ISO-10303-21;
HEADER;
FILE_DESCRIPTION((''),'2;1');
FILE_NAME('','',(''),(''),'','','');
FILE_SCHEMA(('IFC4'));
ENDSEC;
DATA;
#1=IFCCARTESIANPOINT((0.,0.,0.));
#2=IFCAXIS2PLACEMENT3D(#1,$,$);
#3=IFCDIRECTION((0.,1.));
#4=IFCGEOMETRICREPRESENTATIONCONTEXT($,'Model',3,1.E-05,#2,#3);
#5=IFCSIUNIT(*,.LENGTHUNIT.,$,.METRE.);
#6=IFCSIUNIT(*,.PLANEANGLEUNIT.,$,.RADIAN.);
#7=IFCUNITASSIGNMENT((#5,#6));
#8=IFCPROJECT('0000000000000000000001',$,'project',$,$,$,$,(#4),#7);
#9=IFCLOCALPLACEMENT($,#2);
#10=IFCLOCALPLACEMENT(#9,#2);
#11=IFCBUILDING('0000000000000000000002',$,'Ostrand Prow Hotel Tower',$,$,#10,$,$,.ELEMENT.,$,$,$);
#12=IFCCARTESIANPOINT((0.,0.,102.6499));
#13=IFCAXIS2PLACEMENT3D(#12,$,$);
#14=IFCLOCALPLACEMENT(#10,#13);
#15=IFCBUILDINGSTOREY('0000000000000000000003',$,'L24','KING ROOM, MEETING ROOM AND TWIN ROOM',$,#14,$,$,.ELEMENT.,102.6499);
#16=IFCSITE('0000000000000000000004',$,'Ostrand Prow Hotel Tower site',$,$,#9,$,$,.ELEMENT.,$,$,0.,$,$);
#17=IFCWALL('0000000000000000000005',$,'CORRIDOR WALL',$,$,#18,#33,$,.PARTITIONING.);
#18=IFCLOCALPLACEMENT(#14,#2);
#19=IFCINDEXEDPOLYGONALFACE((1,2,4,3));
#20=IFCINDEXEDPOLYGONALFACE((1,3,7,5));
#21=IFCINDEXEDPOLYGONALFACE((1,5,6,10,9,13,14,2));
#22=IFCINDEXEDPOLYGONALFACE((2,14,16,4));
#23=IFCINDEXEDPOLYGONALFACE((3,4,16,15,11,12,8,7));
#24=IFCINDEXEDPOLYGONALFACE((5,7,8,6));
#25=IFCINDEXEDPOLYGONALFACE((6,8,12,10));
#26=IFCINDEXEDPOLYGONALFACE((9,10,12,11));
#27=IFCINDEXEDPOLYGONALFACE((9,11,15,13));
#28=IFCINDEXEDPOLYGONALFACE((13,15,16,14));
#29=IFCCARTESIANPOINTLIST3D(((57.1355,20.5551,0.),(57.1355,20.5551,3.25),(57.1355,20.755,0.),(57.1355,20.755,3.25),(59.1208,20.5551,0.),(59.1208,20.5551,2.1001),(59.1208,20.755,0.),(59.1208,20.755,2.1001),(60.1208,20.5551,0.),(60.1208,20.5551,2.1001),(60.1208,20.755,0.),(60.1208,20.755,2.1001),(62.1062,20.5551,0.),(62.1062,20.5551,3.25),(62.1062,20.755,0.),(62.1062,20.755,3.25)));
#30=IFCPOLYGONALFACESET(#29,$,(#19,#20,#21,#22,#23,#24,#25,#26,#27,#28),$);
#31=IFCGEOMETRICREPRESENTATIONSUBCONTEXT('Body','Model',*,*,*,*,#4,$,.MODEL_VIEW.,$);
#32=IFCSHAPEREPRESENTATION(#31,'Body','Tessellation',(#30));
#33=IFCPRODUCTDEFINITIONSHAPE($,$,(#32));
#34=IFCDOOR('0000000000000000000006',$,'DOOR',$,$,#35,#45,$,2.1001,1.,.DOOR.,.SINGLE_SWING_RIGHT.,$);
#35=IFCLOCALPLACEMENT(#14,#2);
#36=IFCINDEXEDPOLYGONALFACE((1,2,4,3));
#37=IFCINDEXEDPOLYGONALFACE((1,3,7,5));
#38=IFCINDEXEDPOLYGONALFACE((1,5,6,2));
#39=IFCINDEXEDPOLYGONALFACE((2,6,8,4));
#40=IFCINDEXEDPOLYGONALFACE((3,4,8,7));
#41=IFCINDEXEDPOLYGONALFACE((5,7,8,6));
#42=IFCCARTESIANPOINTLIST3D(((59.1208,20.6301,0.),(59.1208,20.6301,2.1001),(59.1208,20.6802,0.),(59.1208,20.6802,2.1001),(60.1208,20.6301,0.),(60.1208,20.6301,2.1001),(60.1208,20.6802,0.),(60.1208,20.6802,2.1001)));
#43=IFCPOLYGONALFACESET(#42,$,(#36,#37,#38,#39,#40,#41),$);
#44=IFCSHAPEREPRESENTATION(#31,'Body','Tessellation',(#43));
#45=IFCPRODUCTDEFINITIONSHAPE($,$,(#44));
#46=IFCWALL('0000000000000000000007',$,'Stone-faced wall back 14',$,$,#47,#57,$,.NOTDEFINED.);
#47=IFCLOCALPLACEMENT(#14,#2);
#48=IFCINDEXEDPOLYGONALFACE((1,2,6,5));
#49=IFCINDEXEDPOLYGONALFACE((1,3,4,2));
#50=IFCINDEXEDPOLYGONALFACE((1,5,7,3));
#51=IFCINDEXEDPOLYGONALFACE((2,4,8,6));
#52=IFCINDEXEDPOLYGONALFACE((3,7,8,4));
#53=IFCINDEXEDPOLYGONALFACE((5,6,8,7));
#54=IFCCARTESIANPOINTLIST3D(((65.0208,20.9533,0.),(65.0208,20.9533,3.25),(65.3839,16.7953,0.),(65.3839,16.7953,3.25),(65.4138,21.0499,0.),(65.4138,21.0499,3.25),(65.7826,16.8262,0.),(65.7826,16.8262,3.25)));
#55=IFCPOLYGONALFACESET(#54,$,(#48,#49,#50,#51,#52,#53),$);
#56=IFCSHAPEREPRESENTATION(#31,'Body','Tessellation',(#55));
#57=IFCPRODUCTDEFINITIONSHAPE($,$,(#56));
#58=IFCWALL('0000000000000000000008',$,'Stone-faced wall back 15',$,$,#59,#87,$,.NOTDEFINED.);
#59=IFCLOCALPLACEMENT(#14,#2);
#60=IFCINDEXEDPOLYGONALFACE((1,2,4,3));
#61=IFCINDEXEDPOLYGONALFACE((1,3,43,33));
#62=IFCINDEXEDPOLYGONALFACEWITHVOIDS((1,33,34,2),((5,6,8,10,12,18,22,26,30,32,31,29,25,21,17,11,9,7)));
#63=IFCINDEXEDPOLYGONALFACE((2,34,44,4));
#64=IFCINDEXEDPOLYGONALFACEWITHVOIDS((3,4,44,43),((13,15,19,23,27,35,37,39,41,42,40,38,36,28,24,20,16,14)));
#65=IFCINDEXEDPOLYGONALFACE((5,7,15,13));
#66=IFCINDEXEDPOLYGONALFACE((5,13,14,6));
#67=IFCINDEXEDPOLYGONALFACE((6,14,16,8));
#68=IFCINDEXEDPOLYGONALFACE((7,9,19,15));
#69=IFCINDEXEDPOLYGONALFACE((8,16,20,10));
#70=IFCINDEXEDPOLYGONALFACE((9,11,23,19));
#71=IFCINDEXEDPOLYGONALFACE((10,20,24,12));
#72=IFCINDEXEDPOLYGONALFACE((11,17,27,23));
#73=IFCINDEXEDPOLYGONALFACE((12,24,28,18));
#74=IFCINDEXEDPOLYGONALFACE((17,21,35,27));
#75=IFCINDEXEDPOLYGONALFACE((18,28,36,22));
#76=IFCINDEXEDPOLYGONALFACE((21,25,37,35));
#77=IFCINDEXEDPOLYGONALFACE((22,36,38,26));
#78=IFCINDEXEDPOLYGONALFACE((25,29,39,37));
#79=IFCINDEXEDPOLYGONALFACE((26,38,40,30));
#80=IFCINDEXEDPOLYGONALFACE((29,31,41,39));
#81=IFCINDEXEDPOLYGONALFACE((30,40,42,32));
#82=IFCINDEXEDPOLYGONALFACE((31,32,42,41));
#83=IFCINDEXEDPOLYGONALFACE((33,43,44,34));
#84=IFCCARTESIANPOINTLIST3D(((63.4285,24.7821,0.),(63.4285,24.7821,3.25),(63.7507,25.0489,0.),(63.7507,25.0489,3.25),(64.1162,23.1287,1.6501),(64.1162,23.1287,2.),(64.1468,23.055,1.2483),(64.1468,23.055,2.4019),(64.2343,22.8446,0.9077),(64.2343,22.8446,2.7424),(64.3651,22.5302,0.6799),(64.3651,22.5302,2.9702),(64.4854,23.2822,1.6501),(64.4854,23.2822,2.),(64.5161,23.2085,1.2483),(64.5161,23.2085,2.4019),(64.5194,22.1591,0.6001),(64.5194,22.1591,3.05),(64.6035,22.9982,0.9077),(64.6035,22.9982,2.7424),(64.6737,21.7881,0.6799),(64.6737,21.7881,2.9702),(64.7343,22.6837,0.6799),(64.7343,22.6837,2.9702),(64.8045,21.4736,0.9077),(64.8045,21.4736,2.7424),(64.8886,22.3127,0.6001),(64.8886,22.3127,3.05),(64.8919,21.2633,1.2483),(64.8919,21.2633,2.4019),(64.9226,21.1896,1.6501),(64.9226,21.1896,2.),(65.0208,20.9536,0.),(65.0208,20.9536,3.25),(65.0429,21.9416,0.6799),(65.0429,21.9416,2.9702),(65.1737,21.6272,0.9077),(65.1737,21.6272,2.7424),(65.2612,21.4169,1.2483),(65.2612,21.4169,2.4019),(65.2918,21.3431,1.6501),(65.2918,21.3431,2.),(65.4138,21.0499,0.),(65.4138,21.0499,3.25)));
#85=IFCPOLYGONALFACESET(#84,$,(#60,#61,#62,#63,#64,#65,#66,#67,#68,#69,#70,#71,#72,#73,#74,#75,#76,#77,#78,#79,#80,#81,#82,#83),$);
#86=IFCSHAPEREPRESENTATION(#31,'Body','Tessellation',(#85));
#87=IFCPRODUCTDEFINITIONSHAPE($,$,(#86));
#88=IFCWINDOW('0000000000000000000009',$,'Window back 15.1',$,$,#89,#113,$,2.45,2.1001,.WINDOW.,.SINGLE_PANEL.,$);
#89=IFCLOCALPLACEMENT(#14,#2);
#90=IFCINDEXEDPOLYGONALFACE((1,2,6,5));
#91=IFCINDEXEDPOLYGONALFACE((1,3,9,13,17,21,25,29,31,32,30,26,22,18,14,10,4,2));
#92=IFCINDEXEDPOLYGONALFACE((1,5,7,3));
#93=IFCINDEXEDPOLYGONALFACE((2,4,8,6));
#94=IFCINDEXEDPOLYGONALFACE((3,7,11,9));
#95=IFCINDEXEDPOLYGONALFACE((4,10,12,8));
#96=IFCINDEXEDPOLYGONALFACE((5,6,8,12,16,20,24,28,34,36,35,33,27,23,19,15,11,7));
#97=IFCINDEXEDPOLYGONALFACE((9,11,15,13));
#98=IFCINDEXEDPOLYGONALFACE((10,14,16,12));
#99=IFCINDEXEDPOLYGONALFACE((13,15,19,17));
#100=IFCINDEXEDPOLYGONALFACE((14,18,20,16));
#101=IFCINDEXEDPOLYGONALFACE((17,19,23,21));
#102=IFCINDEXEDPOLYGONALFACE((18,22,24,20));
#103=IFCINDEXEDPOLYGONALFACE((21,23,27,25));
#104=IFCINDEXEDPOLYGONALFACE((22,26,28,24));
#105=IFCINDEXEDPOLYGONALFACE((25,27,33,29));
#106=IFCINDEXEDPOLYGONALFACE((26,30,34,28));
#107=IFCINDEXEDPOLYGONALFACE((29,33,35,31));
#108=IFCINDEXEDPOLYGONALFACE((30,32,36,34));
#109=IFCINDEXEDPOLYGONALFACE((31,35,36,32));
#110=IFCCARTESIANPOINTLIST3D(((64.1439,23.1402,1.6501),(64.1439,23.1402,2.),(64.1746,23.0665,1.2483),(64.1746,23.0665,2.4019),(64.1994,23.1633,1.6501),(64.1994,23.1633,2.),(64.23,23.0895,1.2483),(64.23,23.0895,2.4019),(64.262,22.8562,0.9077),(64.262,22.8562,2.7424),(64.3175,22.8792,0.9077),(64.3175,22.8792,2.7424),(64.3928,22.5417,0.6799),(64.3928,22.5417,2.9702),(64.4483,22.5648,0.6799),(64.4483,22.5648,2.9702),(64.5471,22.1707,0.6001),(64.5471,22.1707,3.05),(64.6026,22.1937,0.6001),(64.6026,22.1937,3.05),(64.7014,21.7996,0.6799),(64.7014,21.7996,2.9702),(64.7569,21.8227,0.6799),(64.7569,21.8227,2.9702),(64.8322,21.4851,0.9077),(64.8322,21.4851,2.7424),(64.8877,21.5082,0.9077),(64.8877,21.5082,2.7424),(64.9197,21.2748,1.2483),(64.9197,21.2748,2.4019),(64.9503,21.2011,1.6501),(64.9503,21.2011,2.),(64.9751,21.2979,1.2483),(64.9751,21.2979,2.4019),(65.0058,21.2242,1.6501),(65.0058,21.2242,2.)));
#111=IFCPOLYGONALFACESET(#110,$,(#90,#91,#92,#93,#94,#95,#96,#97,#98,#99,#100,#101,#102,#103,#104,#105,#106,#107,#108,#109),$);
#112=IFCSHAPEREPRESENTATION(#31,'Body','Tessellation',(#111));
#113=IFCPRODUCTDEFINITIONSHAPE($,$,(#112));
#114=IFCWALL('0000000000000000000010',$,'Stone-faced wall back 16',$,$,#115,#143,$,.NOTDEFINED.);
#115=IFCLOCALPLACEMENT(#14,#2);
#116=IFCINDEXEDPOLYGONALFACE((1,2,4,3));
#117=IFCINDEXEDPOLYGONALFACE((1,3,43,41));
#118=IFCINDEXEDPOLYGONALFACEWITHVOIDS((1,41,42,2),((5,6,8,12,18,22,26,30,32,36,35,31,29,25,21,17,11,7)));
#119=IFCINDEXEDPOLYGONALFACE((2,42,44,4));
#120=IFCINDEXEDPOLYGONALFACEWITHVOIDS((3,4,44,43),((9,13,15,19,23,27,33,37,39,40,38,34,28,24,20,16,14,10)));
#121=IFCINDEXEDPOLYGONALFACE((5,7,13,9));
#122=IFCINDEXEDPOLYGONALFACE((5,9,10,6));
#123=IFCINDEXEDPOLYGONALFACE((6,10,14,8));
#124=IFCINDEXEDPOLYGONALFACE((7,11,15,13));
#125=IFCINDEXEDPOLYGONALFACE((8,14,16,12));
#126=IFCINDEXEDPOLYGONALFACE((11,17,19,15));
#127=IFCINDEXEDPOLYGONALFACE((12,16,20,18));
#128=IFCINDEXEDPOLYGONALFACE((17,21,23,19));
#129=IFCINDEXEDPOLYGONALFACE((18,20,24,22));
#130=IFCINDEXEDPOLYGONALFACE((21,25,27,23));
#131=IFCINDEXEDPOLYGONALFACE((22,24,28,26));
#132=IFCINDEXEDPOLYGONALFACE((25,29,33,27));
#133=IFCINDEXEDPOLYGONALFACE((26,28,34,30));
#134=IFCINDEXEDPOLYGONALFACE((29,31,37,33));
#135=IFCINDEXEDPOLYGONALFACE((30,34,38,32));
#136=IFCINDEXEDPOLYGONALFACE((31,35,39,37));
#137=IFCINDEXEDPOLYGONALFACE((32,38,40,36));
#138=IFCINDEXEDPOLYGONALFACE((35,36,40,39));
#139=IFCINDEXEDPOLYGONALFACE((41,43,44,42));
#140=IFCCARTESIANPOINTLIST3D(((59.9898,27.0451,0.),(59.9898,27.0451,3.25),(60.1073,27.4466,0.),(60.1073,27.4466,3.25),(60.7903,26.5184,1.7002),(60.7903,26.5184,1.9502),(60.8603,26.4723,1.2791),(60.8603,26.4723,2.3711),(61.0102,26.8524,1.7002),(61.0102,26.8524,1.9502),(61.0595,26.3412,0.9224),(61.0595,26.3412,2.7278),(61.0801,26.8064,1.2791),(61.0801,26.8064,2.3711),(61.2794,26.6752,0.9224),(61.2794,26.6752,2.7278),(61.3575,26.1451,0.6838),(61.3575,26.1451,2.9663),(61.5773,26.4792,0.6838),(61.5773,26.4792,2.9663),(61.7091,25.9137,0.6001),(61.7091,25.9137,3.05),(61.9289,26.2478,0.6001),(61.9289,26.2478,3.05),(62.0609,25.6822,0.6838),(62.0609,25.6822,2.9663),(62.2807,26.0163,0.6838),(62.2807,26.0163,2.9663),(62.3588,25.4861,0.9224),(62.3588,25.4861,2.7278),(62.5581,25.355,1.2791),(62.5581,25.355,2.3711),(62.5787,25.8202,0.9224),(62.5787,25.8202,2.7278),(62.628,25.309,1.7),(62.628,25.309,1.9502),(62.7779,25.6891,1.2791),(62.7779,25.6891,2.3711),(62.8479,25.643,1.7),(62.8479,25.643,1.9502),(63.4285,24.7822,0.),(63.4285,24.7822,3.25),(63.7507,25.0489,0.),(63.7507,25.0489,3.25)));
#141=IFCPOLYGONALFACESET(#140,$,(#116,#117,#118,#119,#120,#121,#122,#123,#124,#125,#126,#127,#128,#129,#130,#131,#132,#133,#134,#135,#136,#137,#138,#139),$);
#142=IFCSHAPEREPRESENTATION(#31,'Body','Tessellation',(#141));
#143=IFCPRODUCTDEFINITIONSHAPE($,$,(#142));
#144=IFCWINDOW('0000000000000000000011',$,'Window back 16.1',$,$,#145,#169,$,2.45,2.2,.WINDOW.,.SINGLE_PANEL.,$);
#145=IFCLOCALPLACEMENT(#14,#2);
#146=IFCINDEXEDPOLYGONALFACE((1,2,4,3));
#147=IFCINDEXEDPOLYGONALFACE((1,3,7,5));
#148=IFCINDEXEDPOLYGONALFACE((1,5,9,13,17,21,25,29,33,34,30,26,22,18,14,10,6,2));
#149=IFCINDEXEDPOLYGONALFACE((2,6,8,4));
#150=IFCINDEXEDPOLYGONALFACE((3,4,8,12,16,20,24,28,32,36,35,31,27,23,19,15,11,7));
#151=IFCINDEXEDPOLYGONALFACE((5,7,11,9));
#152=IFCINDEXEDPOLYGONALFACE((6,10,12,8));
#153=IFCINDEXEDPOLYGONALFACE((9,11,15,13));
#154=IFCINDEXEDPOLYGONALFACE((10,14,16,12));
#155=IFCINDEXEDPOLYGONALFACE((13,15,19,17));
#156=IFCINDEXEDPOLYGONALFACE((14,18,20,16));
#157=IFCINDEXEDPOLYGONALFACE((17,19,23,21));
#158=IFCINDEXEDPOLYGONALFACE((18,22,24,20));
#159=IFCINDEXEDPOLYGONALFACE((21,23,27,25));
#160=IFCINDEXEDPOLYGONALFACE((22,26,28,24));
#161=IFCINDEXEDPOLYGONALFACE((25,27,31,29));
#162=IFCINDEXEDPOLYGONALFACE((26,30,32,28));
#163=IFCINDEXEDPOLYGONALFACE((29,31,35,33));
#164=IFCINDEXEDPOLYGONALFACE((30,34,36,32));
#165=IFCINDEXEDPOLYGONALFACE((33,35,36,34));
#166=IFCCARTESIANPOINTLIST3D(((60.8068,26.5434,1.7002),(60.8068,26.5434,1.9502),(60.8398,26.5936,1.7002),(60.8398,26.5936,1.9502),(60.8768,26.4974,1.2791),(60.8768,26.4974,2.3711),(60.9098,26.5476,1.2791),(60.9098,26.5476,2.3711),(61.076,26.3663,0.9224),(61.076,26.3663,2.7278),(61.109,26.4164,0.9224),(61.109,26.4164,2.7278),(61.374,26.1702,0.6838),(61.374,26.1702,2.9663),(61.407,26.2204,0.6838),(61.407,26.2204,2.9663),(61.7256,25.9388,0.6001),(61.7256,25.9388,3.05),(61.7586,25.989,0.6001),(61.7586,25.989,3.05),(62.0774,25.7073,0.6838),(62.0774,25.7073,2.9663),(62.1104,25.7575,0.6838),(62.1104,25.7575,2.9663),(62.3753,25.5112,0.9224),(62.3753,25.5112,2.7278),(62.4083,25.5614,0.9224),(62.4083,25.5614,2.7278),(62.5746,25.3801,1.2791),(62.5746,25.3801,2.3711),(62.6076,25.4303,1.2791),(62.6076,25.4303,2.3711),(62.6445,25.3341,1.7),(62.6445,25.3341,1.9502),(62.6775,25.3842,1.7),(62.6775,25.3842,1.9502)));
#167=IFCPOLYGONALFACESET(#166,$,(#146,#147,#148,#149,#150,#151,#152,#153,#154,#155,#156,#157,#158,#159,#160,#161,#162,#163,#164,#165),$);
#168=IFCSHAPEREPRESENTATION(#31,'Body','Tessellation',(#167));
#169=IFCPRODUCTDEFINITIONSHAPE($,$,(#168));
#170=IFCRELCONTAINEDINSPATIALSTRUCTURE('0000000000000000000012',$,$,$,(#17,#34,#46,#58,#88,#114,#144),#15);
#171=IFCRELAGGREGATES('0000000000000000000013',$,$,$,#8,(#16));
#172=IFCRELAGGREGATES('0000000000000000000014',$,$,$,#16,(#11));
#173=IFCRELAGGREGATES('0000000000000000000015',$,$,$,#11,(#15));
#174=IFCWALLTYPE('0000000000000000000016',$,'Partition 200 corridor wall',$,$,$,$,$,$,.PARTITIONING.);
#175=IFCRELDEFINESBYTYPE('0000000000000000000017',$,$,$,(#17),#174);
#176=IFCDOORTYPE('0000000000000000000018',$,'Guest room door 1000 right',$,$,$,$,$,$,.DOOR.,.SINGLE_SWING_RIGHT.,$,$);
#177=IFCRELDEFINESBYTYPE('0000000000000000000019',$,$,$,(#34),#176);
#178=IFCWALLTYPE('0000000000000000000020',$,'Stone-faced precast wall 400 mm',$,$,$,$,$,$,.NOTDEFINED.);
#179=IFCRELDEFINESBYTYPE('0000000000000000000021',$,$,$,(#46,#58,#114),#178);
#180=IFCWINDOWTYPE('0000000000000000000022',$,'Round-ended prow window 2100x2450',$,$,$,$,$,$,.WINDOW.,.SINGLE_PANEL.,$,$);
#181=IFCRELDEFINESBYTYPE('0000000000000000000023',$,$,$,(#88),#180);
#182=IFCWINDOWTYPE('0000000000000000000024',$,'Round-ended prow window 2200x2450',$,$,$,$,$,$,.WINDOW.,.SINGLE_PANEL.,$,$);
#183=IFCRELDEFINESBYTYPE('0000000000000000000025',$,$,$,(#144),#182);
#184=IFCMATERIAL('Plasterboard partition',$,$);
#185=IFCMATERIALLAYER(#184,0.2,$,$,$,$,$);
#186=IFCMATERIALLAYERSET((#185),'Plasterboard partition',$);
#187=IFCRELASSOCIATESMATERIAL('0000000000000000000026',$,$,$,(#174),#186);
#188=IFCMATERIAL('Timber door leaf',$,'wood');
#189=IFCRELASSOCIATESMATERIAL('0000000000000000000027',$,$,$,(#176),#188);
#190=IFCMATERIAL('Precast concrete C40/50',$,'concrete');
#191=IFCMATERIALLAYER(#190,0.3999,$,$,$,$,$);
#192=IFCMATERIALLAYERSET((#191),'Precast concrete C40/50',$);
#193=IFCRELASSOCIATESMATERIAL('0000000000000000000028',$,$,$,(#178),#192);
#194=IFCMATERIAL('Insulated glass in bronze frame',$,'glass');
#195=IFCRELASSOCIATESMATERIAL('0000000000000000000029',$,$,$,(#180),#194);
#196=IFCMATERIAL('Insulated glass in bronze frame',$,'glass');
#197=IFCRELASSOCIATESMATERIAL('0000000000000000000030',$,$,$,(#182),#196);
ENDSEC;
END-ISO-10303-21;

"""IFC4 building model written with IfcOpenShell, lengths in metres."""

from ifc_helpers import new_model, si_unit, direction, frame, frame_2d, origin, place, context, subcontext, project, spatial, polyline, rectangle, outline, extrude, material, layer, layer_set, type_object, element, fill, save


model = new_model("IFC4")

# Units and contexts
model_context = context("Model", 3, precision=1e-05, world=origin(), true_north=direction((0.0, 1.0)))
body_context = subcontext(model_context, "Body", "Model", "MODEL_VIEW")
ifc_project = project(units=[si_unit("LENGTHUNIT", "METRE"), si_unit("PLANEANGLEUNIT", "RADIAN")], contexts=[model_context])

# Site, building, storey
site_placement = place(None, origin())
site = spatial("IfcSite", under=ifc_project, at=site_placement, Name="Ostrand Prow Hotel Tower site", CompositionType="ELEMENT", RefElevation=0.0)
building_placement = place(site_placement, origin())
building = spatial("IfcBuilding", under=site, at=building_placement, Name="Ostrand Prow Hotel Tower", CompositionType="ELEMENT")
storey_placement = place(building_placement, frame((0.0, 0.0, 102.6499)))
storey = spatial("IfcBuildingStorey", under=building, at=storey_placement, Name="L24", Description="KING ROOM, MEETING ROOM AND TWIN ROOM", CompositionType="ELEMENT", Elevation=102.6499)

# Wall, opening, door
ifc_material_1 = material(Name="Plasterboard partition")
ifc_layer_1 = layer(ifc_material_1, 0.2)
ifc_layer_set_1 = layer_set([ifc_layer_1], Name="Plasterboard partition")
wall_type_1 = type_object("IfcWallType", Name="Partition 200 corridor wall", PredefinedType="PARTITIONING", material=ifc_layer_set_1)
wall_1_placement = place(storey_placement, frame((62.1062, 20.655, 0.0), z_axis=(0.0, 0.0, 1.0), x_axis=(-1.0, 0.0, 0.0)))
wall_1 = element("IfcWall", 1, at=wall_1_placement, inside=storey, type_object=wall_type_1, Name="CORRIDOR WALL", PredefinedType="PARTITIONING", context=body_context, shape_type="SweptSolid", body=[
    extrude(rectangle(XDim=4.9707, YDim=0.2, at=frame_2d((2.4854, 0.0))), origin(), (0.0, 0.0, 1.0), 3.25),
])
opening_1_placement = place(wall_1_placement, frame((1.9854, 0.0, 0.0)))
opening_1 = element("IfcOpeningElement", 2, at=opening_1_placement, cuts=wall_1, PredefinedType="OPENING", context=body_context, shape_type="SweptSolid", body=[
    extrude(rectangle(XDim=1.0, YDim=2.1001, at=frame_2d((0.5, 1.05))), frame((0.0, 0.1099, 0.0), z_axis=(0.0, -1.0, 0.0), x_axis=(1.0, 0.0, 0.0)), (0.0, 0.0, 1.0), 0.22),
])
ifc_material_2 = material(Name="Timber door leaf", Category="wood")
door_type_1 = type_object("IfcDoorType", Name="Guest room door 1000 right", OperationType="SINGLE_SWING_RIGHT", PredefinedType="DOOR", material=ifc_material_2)
door_1_placement = place(opening_1_placement, origin())
door_1 = element("IfcDoor", 3, at=door_1_placement, inside=storey, type_object=door_type_1, Name="DOOR", OperationType="SINGLE_SWING_RIGHT", OverallHeight=2.1001, OverallWidth=1.0, PredefinedType="DOOR", context=body_context, shape_type="SweptSolid", body=[
    extrude(rectangle(XDim=1.0, YDim=2.1001, at=frame_2d((0.5, 1.05))), frame((0.0, 0.0249, 0.0), z_axis=(0.0, -1.0, 0.0), x_axis=(1.0, 0.0, 0.0)), (0.0, 0.0, 1.0), 0.05),
])
fill(opening_1, door_1)

# Wall
ifc_material_3 = material(Name="Precast concrete C40/50", Category="concrete")
ifc_layer_2 = layer(ifc_material_3, 0.3999)
ifc_layer_set_2 = layer_set([ifc_layer_2], Name="Precast concrete C40/50")
wall_type_2 = type_object("IfcWallType", Name="Stone-faced precast wall 400 mm", PredefinedType="NOTDEFINED", material=ifc_layer_set_2)
wall_2_placement = place(storey_placement, frame((65.5833, 16.8108, 0.0), z_axis=(0.0, 0.0, 1.0), x_axis=(-0.086993, 0.996209, 0.0)))
element("IfcWall", 4, at=wall_2_placement, inside=storey, type_object=wall_type_2, Name="Stone-faced wall back 14", PredefinedType="NOTDEFINED", context=body_context, shape_type="SweptSolid", body=[
    extrude(outline(polyline([(-0.002, -0.2), (4.2378, -0.2), (4.1758, 0.2), (0.002, 0.2), (-0.002, -0.2)])), origin(), (0.0, 0.0, 1.0), 3.25),
])

# Walls, openings, windows
wall_3_placement = place(storey_placement, frame((65.2173, 21.0017, 0.0), z_axis=(0.0, 0.0, 1.0), x_axis=(-0.383998, 0.923334, 0.0)))
wall_3 = element("IfcWall", 5, at=wall_3_placement, inside=storey, type_object=wall_type_2, Name="Stone-faced wall back 15", PredefinedType="NOTDEFINED", context=body_context, shape_type="SweptSolid", body=[
    extrude(outline(polyline([(-0.031, -0.2), (4.3, -0.2), (4.1775, 0.2), (0.031, 0.2), (-0.031, -0.2)])), origin(), (0.0, 0.0, 1.0), 3.25),
])
opening_2_placement = place(wall_3_placement, frame((0.2866, 0.0, 0.6001)))
opening_2 = element("IfcOpeningElement", 6, at=opening_2_placement, cuts=wall_3, PredefinedType="OPENING", context=body_context, shape_type="SweptSolid", body=[
    extrude(outline(polyline([(0.0, 1.3999), (0.0798, 1.8018), (0.3076, 2.1423), (0.6482, 2.3701), (1.05, 2.45), (1.4519, 2.3701), (1.7925, 2.1423), (2.0203, 1.8018), (2.1001, 1.3999), (2.1001, 1.05), (2.0203, 0.6482), (1.7925, 0.3076), (1.4519, 0.0798), (1.05, 0.0), (0.6482, 0.0798), (0.3076, 0.3076), (0.0798, 0.6482), (0.0, 1.05), (0.0, 1.3999)])), frame((0.0, 0.21, 0.0), z_axis=(0.0, -1.0, 0.0), x_axis=(1.0, 0.0, 0.0)), (0.0, 0.0, 1.0), 0.4199),
])
ifc_material_4 = material(Name="Insulated glass in bronze frame", Category="glass")
window_type_1 = type_object("IfcWindowType", Name="Round-ended prow window 2100x2450", PartitioningType="SINGLE_PANEL", PredefinedType="WINDOW", material=ifc_material_4)
window_1_placement = place(opening_2_placement, origin())
window_1 = element("IfcWindow", 7, at=window_1_placement, inside=storey, type_object=window_type_1, Name="Window back 15.1", OverallHeight=2.45, OverallWidth=2.1001, PartitioningType="SINGLE_PANEL", PredefinedType="WINDOW", context=body_context, shape_type="SweptSolid", body=[
    extrude(outline(polyline([(0.0, 1.3999), (0.0798, 1.8018), (0.3076, 2.1423), (0.6482, 2.3701), (1.05, 2.45), (1.4519, 2.3701), (1.7925, 2.1423), (2.0203, 1.8018), (2.1001, 1.3999), (2.1001, 1.05), (2.0203, 0.6482), (1.7925, 0.3076), (1.4519, 0.0798), (1.05, 0.0), (0.6482, 0.0798), (0.3076, 0.3076), (0.0798, 0.6482), (0.0, 1.05), (0.0, 1.3999)])), frame((0.0, 0.1699, 0.0), z_axis=(0.0, -1.0, 0.0), x_axis=(1.0, 0.0, 0.0)), (0.0, 0.0, 1.0), 0.0601),
])
fill(opening_2, window_1)
wall_4_placement = place(storey_placement, frame((63.5896, 24.9155, 0.0), z_axis=(0.0, 0.0, 1.0), x_axis=(-0.835341, 0.549733, 0.0)))
wall_4 = element("IfcWall", 8, at=wall_4_placement, inside=storey, type_object=wall_type_2, Name="Stone-faced wall back 16", PredefinedType="NOTDEFINED", context=body_context, shape_type="SweptSolid", body=[
    extrude(outline(polyline([(-0.0613, -0.2), (4.3003, -0.2), (4.1777, 0.2), (0.0613, 0.2), (-0.0613, -0.2)])), origin(), (0.0, 0.0, 1.0), 3.25),
])
opening_3_placement = place(wall_4_placement, frame((1.0195, 0.0, 0.6001)))
opening_3 = element("IfcOpeningElement", 9, at=opening_3_placement, cuts=wall_4, PredefinedType="OPENING", context=body_context, shape_type="SweptSolid", body=[
    extrude(outline(polyline([(0.0, 1.3501), (0.0837, 1.771), (0.3223, 2.1277), (0.679, 2.3662), (1.1001, 2.45), (1.521, 2.3662), (1.8777, 2.1277), (2.1162, 1.771), (2.2, 1.3501), (2.2, 1.1001), (2.1162, 0.679), (1.8777, 0.3223), (1.521, 0.0837), (1.1001, 0.0), (0.679, 0.0837), (0.3223, 0.3223), (0.0837, 0.679), (0.0, 1.0999), (0.0, 1.3501)])), frame((0.0, 0.21, 0.0), z_axis=(0.0, -1.0, 0.0), x_axis=(1.0, 0.0, 0.0)), (0.0, 0.0, 1.0), 0.4199),
])
ifc_material_5 = material(Name="Insulated glass in bronze frame", Category="glass")
window_type_2 = type_object("IfcWindowType", Name="Round-ended prow window 2200x2450", PartitioningType="SINGLE_PANEL", PredefinedType="WINDOW", material=ifc_material_5)
window_2_placement = place(opening_3_placement, origin())
window_2 = element("IfcWindow", 10, at=window_2_placement, inside=storey, type_object=window_type_2, Name="Window back 16.1", OverallHeight=2.45, OverallWidth=2.2, PartitioningType="SINGLE_PANEL", PredefinedType="WINDOW", context=body_context, shape_type="SweptSolid", body=[
    extrude(outline(polyline([(0.0, 1.3501), (0.0837, 1.771), (0.3223, 2.1277), (0.679, 2.3662), (1.1001, 2.45), (1.521, 2.3662), (1.8777, 2.1277), (2.1162, 1.771), (2.2, 1.3501), (2.2, 1.1001), (2.1162, 0.679), (1.8777, 0.3223), (1.521, 0.0837), (1.1001, 0.0), (0.679, 0.0837), (0.3223, 0.3223), (0.0837, 0.679), (0.0, 1.0999), (0.0, 1.3501)])), frame((0.0, 0.1699, 0.0), z_axis=(0.0, -1.0, 0.0), x_axis=(1.0, 0.0, 0.0)), (0.0, 0.0, 1.0), 0.0601),
])
fill(opening_3, window_2)

save(model, "model.ifc")
